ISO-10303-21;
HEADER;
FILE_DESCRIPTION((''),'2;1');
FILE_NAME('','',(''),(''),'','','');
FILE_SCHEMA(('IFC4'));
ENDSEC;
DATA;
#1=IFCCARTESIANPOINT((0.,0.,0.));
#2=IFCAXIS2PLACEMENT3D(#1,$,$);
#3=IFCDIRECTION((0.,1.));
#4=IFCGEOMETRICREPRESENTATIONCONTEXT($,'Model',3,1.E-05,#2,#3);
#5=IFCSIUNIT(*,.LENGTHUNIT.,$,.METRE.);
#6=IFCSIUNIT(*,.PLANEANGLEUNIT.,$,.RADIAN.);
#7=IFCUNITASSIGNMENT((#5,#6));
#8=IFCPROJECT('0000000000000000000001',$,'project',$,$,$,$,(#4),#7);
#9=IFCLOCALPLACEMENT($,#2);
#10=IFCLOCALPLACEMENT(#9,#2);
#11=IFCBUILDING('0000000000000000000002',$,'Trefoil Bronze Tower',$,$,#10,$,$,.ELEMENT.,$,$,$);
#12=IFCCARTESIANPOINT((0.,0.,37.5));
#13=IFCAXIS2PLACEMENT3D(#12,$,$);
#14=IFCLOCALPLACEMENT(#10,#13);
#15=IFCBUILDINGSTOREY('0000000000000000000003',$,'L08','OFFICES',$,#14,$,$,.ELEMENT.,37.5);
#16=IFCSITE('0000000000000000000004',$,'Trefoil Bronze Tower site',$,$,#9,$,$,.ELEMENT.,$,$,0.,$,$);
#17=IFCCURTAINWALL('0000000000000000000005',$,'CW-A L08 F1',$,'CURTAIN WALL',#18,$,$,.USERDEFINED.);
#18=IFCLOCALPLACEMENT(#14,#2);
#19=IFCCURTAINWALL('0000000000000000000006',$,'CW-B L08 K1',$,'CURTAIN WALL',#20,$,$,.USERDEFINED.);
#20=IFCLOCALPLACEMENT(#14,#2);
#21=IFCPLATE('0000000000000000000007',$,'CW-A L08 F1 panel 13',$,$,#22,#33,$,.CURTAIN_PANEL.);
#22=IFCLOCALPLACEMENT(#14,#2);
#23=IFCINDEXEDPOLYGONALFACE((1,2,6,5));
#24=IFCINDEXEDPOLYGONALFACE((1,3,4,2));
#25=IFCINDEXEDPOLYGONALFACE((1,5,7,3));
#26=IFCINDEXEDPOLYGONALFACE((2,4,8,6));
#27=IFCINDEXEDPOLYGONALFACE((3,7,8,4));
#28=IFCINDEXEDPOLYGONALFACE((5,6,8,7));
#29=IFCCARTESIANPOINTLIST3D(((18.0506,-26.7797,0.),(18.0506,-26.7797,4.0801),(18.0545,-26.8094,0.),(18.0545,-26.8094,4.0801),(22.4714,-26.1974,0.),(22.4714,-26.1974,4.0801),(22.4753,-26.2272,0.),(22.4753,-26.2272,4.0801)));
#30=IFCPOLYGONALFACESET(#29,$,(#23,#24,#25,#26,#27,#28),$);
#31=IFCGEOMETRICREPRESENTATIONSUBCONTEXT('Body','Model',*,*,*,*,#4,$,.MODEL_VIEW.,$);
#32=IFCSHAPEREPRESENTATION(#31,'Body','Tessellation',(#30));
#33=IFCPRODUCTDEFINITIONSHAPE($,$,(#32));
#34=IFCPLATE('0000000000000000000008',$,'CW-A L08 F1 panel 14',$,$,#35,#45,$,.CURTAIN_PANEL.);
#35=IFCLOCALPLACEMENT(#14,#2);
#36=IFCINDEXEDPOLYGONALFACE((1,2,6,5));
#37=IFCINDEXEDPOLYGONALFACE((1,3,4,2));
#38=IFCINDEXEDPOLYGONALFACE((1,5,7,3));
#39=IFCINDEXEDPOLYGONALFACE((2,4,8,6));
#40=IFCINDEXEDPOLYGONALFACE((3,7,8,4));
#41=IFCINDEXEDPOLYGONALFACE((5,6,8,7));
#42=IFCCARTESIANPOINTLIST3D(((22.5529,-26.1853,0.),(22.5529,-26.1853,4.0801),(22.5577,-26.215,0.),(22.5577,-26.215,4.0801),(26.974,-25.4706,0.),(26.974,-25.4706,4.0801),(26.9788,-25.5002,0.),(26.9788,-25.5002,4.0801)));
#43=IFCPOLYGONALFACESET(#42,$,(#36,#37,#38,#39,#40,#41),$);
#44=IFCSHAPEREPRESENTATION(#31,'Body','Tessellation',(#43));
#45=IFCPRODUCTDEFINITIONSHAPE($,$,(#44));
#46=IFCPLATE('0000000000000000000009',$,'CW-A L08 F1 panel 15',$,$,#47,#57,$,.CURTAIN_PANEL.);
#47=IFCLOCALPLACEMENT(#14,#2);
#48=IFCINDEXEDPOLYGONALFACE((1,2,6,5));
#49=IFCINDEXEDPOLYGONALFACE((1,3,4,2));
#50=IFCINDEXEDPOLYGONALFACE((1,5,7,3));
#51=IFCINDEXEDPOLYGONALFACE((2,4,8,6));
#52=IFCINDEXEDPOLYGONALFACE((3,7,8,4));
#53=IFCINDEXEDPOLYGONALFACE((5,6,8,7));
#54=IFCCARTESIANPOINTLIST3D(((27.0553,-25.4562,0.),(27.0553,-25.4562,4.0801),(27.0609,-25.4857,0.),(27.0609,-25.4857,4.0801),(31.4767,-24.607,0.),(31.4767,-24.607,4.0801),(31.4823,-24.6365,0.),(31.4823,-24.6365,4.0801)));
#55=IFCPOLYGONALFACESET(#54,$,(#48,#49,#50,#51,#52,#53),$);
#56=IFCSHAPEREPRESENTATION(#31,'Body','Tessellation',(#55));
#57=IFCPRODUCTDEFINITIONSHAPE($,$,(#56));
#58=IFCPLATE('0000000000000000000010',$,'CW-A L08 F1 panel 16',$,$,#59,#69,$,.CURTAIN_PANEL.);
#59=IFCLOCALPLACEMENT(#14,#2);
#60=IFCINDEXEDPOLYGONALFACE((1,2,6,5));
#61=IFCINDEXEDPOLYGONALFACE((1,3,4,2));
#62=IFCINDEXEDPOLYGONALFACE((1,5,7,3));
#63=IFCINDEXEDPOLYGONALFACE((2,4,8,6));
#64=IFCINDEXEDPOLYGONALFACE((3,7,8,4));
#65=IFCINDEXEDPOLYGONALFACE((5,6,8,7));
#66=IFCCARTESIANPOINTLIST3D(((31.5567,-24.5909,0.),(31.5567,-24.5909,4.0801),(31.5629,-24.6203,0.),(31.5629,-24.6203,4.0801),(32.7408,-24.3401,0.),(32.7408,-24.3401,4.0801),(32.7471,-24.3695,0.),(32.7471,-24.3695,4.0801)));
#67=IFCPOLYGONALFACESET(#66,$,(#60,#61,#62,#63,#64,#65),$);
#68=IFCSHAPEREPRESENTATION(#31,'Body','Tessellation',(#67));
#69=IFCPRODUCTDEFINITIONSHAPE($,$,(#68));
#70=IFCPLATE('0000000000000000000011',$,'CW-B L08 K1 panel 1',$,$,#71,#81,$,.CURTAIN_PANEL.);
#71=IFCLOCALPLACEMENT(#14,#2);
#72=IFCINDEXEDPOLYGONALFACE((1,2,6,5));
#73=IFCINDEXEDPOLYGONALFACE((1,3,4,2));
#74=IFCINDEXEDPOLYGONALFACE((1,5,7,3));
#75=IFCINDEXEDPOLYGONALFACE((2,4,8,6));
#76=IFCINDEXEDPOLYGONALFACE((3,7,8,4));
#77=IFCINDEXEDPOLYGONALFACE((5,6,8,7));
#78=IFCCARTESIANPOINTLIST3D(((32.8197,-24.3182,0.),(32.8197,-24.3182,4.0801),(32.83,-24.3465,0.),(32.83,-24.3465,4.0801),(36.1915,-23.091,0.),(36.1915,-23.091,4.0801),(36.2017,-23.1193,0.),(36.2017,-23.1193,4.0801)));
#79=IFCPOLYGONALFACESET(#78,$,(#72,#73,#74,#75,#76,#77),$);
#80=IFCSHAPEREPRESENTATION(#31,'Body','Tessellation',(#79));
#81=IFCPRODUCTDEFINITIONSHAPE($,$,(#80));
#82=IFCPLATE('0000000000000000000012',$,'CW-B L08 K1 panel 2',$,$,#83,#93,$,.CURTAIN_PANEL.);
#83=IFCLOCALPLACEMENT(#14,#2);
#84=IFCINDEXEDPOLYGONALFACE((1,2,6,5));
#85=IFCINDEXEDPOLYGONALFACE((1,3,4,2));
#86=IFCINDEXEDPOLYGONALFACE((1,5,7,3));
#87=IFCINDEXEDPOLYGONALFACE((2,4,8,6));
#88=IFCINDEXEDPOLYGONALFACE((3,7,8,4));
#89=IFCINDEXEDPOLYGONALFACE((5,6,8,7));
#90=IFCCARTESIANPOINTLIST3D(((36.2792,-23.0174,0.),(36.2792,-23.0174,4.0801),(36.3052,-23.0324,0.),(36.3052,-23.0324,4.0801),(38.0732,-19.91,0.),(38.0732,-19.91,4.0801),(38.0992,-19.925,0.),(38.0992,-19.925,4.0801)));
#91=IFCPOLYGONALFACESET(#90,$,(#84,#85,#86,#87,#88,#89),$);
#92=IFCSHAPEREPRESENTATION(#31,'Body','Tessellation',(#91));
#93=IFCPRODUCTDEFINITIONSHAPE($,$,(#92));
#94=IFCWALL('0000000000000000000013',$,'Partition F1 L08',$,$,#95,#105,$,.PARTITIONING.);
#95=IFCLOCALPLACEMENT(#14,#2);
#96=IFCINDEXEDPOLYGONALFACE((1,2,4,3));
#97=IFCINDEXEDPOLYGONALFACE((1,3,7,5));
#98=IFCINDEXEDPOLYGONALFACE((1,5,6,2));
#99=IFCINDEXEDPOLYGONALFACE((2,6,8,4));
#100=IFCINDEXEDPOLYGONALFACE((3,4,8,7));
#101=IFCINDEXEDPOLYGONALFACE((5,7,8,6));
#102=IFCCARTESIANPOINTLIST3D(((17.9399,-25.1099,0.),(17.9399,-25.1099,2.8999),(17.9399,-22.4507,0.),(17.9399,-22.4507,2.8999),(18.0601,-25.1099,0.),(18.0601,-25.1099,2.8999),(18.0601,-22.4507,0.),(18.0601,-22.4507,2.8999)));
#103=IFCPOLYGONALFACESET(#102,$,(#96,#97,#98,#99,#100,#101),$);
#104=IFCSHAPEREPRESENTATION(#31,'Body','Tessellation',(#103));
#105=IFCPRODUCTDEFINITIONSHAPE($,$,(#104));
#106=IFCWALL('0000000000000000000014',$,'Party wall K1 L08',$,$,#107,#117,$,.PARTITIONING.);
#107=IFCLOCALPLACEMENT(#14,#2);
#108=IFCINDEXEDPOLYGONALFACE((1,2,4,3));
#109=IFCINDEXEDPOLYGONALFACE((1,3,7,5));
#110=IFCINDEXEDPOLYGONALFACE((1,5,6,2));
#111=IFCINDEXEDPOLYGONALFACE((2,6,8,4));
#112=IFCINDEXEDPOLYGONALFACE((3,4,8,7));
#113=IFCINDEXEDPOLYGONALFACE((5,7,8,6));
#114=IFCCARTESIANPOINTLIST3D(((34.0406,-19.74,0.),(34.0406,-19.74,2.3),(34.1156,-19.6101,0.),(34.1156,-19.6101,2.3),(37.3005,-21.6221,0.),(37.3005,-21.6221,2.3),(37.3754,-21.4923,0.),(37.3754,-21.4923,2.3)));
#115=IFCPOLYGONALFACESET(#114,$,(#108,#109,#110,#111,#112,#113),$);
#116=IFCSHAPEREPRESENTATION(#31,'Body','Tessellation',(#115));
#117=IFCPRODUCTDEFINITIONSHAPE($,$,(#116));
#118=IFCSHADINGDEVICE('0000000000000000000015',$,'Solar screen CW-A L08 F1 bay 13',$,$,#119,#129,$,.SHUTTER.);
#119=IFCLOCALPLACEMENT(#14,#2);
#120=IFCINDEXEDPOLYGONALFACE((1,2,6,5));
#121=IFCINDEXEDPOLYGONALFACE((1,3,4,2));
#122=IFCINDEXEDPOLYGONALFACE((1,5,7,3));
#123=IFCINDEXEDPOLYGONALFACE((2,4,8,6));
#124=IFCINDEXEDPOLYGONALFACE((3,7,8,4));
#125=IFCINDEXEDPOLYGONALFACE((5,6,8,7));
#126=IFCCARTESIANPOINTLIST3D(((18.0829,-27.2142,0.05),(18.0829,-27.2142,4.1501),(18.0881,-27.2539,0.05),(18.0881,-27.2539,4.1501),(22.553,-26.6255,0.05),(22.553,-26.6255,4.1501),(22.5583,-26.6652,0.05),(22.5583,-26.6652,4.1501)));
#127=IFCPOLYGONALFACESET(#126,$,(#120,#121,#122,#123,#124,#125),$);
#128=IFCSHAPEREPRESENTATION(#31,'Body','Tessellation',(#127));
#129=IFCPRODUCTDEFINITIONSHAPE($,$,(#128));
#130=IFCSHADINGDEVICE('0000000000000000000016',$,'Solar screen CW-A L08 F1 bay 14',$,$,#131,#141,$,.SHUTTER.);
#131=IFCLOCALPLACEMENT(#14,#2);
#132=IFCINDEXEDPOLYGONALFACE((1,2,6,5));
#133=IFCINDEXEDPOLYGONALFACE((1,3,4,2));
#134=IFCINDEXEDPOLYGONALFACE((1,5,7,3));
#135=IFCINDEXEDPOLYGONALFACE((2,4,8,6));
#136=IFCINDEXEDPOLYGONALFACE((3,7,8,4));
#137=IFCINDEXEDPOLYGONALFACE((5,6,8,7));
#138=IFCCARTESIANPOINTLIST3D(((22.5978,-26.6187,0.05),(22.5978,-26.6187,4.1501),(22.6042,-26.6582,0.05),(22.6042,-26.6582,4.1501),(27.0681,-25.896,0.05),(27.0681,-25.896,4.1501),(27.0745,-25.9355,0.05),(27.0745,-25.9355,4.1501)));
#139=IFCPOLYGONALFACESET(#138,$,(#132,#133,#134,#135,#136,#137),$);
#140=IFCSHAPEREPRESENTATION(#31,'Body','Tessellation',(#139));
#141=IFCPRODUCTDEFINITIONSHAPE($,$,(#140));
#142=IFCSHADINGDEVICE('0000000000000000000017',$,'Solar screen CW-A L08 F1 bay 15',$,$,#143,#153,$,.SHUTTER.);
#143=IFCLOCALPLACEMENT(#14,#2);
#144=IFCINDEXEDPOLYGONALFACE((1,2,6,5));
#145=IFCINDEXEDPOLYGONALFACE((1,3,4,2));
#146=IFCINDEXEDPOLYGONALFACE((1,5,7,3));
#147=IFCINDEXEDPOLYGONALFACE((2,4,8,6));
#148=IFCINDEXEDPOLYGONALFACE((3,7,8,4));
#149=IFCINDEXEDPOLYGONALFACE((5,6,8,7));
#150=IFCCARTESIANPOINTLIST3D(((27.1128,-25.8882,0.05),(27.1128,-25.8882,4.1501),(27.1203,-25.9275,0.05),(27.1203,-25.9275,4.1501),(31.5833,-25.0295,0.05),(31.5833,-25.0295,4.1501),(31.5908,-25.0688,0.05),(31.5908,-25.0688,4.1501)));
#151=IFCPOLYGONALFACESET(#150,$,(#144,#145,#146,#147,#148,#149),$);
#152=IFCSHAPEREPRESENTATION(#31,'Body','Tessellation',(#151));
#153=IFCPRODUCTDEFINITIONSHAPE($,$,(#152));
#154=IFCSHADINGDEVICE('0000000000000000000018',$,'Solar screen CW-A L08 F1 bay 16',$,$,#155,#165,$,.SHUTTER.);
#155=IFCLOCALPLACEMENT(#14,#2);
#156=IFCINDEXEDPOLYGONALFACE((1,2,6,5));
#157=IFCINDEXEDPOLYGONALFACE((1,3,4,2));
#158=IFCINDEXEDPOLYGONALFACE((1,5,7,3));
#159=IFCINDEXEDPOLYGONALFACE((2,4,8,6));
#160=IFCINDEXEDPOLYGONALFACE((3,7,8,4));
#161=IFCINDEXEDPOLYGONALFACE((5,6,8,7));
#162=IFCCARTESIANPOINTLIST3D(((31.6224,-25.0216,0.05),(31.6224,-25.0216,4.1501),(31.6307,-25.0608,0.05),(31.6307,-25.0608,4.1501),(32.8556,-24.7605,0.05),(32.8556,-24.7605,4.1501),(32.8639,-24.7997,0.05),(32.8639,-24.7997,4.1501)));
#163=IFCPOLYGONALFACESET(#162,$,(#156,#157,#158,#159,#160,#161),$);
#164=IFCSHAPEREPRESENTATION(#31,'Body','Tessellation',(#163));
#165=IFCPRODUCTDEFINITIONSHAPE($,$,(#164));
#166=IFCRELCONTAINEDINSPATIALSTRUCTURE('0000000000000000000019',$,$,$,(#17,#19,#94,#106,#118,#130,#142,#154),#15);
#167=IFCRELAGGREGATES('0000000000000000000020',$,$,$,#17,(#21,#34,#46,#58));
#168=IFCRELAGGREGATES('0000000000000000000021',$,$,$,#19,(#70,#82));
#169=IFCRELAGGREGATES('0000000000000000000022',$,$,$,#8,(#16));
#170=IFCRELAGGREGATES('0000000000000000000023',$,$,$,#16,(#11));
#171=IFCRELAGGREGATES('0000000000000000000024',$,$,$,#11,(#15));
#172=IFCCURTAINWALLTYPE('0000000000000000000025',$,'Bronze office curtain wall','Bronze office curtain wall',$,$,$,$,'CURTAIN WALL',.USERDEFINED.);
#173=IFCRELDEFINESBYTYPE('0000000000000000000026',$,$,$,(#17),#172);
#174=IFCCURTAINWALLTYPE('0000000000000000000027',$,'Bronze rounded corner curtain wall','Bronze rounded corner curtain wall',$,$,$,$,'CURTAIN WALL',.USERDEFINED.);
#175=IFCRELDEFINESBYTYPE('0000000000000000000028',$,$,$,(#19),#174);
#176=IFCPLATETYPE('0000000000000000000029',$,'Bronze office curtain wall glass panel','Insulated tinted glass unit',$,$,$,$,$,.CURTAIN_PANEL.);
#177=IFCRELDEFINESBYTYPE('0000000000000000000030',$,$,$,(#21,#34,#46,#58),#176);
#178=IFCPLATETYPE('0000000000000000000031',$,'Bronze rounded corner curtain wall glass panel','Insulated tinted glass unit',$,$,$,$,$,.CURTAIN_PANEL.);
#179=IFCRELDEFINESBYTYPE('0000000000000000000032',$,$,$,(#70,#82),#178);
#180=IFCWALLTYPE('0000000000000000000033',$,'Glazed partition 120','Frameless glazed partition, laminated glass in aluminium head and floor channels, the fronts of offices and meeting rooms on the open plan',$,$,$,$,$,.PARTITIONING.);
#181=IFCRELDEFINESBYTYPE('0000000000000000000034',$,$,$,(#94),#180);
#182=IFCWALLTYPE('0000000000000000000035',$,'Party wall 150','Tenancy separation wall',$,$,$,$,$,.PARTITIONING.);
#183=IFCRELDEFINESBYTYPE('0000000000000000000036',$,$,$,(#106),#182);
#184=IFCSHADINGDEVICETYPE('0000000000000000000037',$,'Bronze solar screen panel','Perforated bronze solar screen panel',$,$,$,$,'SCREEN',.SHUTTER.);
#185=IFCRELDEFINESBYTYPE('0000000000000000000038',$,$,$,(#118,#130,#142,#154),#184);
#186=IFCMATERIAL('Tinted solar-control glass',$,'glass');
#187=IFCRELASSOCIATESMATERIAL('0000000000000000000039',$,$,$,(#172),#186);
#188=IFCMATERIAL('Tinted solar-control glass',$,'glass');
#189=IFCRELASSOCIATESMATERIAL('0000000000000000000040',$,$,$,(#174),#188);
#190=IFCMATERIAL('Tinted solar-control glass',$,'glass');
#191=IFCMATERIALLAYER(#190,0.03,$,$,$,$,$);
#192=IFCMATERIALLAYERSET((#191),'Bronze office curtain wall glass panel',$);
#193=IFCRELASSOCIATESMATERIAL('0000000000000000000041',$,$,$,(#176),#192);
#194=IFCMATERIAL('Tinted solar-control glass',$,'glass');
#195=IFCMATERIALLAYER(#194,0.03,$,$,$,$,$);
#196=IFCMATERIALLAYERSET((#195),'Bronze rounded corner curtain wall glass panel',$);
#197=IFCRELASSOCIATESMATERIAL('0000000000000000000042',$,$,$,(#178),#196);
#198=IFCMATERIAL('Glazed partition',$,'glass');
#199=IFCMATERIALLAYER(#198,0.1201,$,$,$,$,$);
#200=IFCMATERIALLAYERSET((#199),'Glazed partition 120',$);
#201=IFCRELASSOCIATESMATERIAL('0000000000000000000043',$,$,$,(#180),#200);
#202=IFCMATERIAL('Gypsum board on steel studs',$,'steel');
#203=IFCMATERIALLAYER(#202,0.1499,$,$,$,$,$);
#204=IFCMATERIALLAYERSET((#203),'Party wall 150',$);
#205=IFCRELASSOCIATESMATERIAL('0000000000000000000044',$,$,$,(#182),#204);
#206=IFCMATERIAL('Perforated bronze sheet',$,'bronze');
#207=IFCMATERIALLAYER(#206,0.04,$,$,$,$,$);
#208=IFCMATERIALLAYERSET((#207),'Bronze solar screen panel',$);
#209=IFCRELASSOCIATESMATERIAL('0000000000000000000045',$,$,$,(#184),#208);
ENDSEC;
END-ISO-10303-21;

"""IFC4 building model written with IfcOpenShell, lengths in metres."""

from ifc_helpers import new_model, si_unit, direction, frame, frame_2d, origin, origin_2d, place, context, subcontext, project, spatial, rectangle, extrude, material, layer, layer_set, type_object, element, aggregate, save


model = new_model("IFC4")

# Units and contexts
model_context = context("Model", 3, precision=1e-05, world=origin(), true_north=direction((0.0, 1.0)))
body_context = subcontext(model_context, "Body", "Model", "MODEL_VIEW")
ifc_project = project(units=[si_unit("LENGTHUNIT", "METRE"), si_unit("PLANEANGLEUNIT", "RADIAN")], contexts=[model_context])

# Site, building, storey
site_placement = place(None, origin())
site = spatial("IfcSite", under=ifc_project, at=site_placement, Name="Trefoil Bronze Tower site", CompositionType="ELEMENT", RefElevation=0.0)
building_placement = place(site_placement, origin())
building = spatial("IfcBuilding", under=site, at=building_placement, Name="Trefoil Bronze Tower", CompositionType="ELEMENT")
storey_placement = place(building_placement, frame((0.0, 0.0, 37.5)))
storey = spatial("IfcBuildingStorey", under=building, at=storey_placement, Name="L08", Description="OFFICES", CompositionType="ELEMENT", Elevation=37.5)

# Curtain walls
ifc_material_1 = material(Name="Tinted solar-control glass", Category="glass")
curtain_wall_type_1 = type_object("IfcCurtainWallType", Name="Bronze office curtain wall", Description="Bronze office curtain wall", ElementType="CURTAIN WALL", PredefinedType="USERDEFINED", material=ifc_material_1)
curtain_wall_1_placement = place(storey_placement, origin())
curtain_wall_1 = element("IfcCurtainWall", 1, at=curtain_wall_1_placement, inside=storey, type_object=curtain_wall_type_1, Name="CW-A L08 F1", ObjectType="CURTAIN WALL", PredefinedType="USERDEFINED")
ifc_material_2 = material(Name="Tinted solar-control glass", Category="glass")
curtain_wall_type_2 = type_object("IfcCurtainWallType", Name="Bronze rounded corner curtain wall", Description="Bronze rounded corner curtain wall", ElementType="CURTAIN WALL", PredefinedType="USERDEFINED", material=ifc_material_2)
curtain_wall_2_placement = place(storey_placement, origin())
curtain_wall_2 = element("IfcCurtainWall", 2, at=curtain_wall_2_placement, inside=storey, type_object=curtain_wall_type_2, Name="CW-B L08 K1", ObjectType="CURTAIN WALL", PredefinedType="USERDEFINED")

# Plates
ifc_material_3 = material(Name="Tinted solar-control glass", Category="glass")
ifc_layer_1 = layer(ifc_material_3, 0.03)
ifc_layer_set_1 = layer_set([ifc_layer_1], Name="Bronze office curtain wall glass panel")
plate_type_1 = type_object("IfcPlateType", Name="Bronze office curtain wall glass panel", Description="Insulated tinted glass unit", PredefinedType="CURTAIN_PANEL", material=ifc_layer_set_1)
plate_1_placement = place(storey_placement, frame((20.2629, -26.5034, 0.0), z_axis=(0.0, 0.0, 1.0), x_axis=(0.991437, 0.130584, 0.0)))
plate_1 = element("IfcPlate", 3, at=plate_1_placement, type_object=plate_type_1, Name="CW-A L08 F1 panel 13", PredefinedType="CURTAIN_PANEL", context=body_context, shape_type="SweptSolid", body=[
    extrude(rectangle(XDim=4.459, YDim=0.03, at=origin_2d()), origin(), (0.0, 0.0, 1.0), 4.0801),
])
plate_2_placement = place(storey_placement, frame((24.7659, -25.8428, 0.0), z_axis=(0.0, 0.0, 1.0), x_axis=(0.987181, 0.159603, 0.0)))
plate_2 = element("IfcPlate", 4, at=plate_2_placement, type_object=plate_type_1, Name="CW-A L08 F1 panel 14", PredefinedType="CURTAIN_PANEL", context=body_context, shape_type="SweptSolid", body=[
    extrude(rectangle(XDim=4.4785, YDim=0.03, at=origin_2d()), origin(), (0.0, 0.0, 1.0), 4.0801),
])
plate_3_placement = place(storey_placement, frame((29.2688, -25.0464, 0.0), z_axis=(0.0, 0.0, 1.0), x_axis=(0.98205, 0.188622, 0.0)))
plate_3 = element("IfcPlate", 5, at=plate_3_placement, type_object=plate_type_1, Name="CW-A L08 F1 panel 15", PredefinedType="CURTAIN_PANEL", context=body_context, shape_type="SweptSolid", body=[
    extrude(rectangle(XDim=4.5022, YDim=0.03, at=origin_2d()), origin(), (0.0, 0.0, 1.0), 4.0801),
])
plate_4_placement = place(storey_placement, frame((32.1519, -24.4802, 0.0), z_axis=(0.0, 0.0, 1.0), x_axis=(0.978303, 0.207181, 0.0)))
plate_4 = element("IfcPlate", 6, at=plate_4_placement, type_object=plate_type_1, Name="CW-A L08 F1 panel 16", PredefinedType="CURTAIN_PANEL", context=body_context, shape_type="SweptSolid", body=[
    extrude(rectangle(XDim=1.2104, YDim=0.03, at=origin_2d()), origin(), (0.0, 0.0, 1.0), 4.0801),
])
aggregate(curtain_wall_1, [plate_1, plate_2, plate_3, plate_4])
ifc_material_4 = material(Name="Tinted solar-control glass", Category="glass")
ifc_layer_2 = layer(ifc_material_4, 0.03)
ifc_layer_set_2 = layer_set([ifc_layer_2], Name="Bronze rounded corner curtain wall glass panel")
plate_type_2 = type_object("IfcPlateType", Name="Bronze rounded corner curtain wall glass panel", Description="Insulated tinted glass unit", PredefinedType="CURTAIN_PANEL", material=ifc_layer_set_2)
plate_5_placement = place(storey_placement, frame((34.5107, -23.7188, 0.0), z_axis=(0.0, 0.0, 1.0), x_axis=(0.939693, 0.34202, 0.0)))
plate_5 = element("IfcPlate", 7, at=plate_5_placement, type_object=plate_type_2, Name="CW-B L08 K1 panel 1", PredefinedType="CURTAIN_PANEL", context=body_context, shape_type="SweptSolid", body=[
    extrude(rectangle(XDim=3.5881, YDim=0.03, at=origin_2d()), origin(), (0.0, 0.0, 1.0), 4.0801),
])
plate_6_placement = place(storey_placement, frame((37.1892, -21.4712, 0.0), z_axis=(0.0, 0.0, 1.0), x_axis=(0.5, 0.866025, 0.0)))
plate_6 = element("IfcPlate", 8, at=plate_6_placement, type_object=plate_type_2, Name="CW-B L08 K1 panel 2", PredefinedType="CURTAIN_PANEL", context=body_context, shape_type="SweptSolid", body=[
    extrude(rectangle(XDim=3.5881, YDim=0.03, at=origin_2d()), origin(), (0.0, 0.0, 1.0), 4.0801),
])
aggregate(curtain_wall_2, [plate_5, plate_6])

# Walls
ifc_material_5 = material(Name="Glazed partition", Category="glass")
ifc_layer_3 = layer(ifc_material_5, 0.1201)
ifc_layer_set_3 = layer_set([ifc_layer_3], Name="Glazed partition 120")
wall_type_1 = type_object("IfcWallType", Name="Glazed partition 120", Description="Frameless glazed partition, laminated glass in aluminium head and floor channels, the fronts of offices and meeting rooms on the open plan", PredefinedType="PARTITIONING", material=ifc_layer_set_3)
wall_1_placement = place(storey_placement, frame((18.0, -22.4507, 0.0), z_axis=(0.0, 0.0, 1.0), x_axis=(0.0, -1.0, 0.0)))
element("IfcWall", 9, at=wall_1_placement, inside=storey, type_object=wall_type_1, Name="Partition F1 L08", PredefinedType="PARTITIONING", context=body_context, shape_type="SweptSolid", body=[
    extrude(rectangle(XDim=2.6592, YDim=0.1201, at=frame_2d((1.3296, 0.0))), origin(), (0.0, 0.0, 1.0), 2.8999),
])
ifc_material_6 = material(Name="Gypsum board on steel studs", Category="steel")
ifc_layer_4 = layer(ifc_material_6, 0.1499)
ifc_layer_set_4 = layer_set([ifc_layer_4], Name="Party wall 150")
wall_type_2 = type_object("IfcWallType", Name="Party wall 150", Description="Tenancy separation wall", PredefinedType="PARTITIONING", material=ifc_layer_set_4)
wall_2_placement = place(storey_placement, frame((34.0781, -19.675, 0.0), z_axis=(0.0, 0.0, 1.0), x_axis=(0.866019, -0.500011, 0.0)))
element("IfcWall", 10, at=wall_2_placement, inside=storey, type_object=wall_type_2, Name="Party wall K1 L08", PredefinedType="PARTITIONING", context=body_context, shape_type="SweptSolid", body=[
    extrude(rectangle(XDim=3.7642, YDim=0.1499, at=frame_2d((1.8821, 0.0))), origin(), (0.0, 0.0, 1.0), 2.3),
])

# Shading devices
ifc_material_7 = material(Name="Perforated bronze sheet", Category="bronze")
ifc_layer_5 = layer(ifc_material_7, 0.04)
ifc_layer_set_5 = layer_set([ifc_layer_5], Name="Bronze solar screen panel")
shading_device_type = type_object("IfcShadingDeviceType", Name="Bronze solar screen panel", Description="Perforated bronze solar screen panel", ElementType="SCREEN", PredefinedType="SHUTTER", material=ifc_layer_set_5)
shading_device_1_placement = place(storey_placement, frame((20.3206, -26.9397, 0.05), z_axis=(0.0, 0.0, 1.0), x_axis=(0.991437, 0.130584, 0.0)))
element("IfcShadingDevice", 11, at=shading_device_1_placement, inside=storey, type_object=shading_device_type, Name="Solar screen CW-A L08 F1 bay 13", PredefinedType="SHUTTER", context=body_context, shape_type="SweptSolid", body=[
    extrude(rectangle(XDim=4.5088, YDim=0.04, at=origin_2d()), origin(), (0.0, 0.0, 1.0), 4.1001),
])
shading_device_2_placement = place(storey_placement, frame((24.8362, -26.2771, 0.05), z_axis=(0.0, 0.0, 1.0), x_axis=(0.987181, 0.159603, 0.0)))
element("IfcShadingDevice", 12, at=shading_device_2_placement, inside=storey, type_object=shading_device_type, Name="Solar screen CW-A L08 F1 bay 14", PredefinedType="SHUTTER", context=body_context, shape_type="SweptSolid", body=[
    extrude(rectangle(XDim=4.5283, YDim=0.04, at=origin_2d()), origin(), (0.0, 0.0, 1.0), 4.1001),
])
shading_device_3_placement = place(storey_placement, frame((29.3518, -25.4785, 0.05), z_axis=(0.0, 0.0, 1.0), x_axis=(0.98205, 0.188622, 0.0)))
element("IfcShadingDevice", 13, at=shading_device_3_placement, inside=storey, type_object=shading_device_type, Name="Solar screen CW-A L08 F1 bay 15", PredefinedType="SHUTTER", context=body_context, shape_type="SweptSolid", body=[
    extrude(rectangle(XDim=4.5522, YDim=0.04, at=origin_2d()), origin(), (0.0, 0.0, 1.0), 4.1001),
])
shading_device_4_placement = place(storey_placement, frame((32.2432, -24.9106, 0.05), z_axis=(0.0, 0.0, 1.0), x_axis=(0.978303, 0.207181, 0.0)))
element("IfcShadingDevice", 14, at=shading_device_4_placement, inside=storey, type_object=shading_device_type, Name="Solar screen CW-A L08 F1 bay 16", PredefinedType="SHUTTER", context=body_context, shape_type="SweptSolid", body=[
    extrude(rectangle(XDim=1.2605, YDim=0.04, at=origin_2d()), origin(), (0.0, 0.0, 1.0), 4.1001),
])

save(model, "model.ifc")
